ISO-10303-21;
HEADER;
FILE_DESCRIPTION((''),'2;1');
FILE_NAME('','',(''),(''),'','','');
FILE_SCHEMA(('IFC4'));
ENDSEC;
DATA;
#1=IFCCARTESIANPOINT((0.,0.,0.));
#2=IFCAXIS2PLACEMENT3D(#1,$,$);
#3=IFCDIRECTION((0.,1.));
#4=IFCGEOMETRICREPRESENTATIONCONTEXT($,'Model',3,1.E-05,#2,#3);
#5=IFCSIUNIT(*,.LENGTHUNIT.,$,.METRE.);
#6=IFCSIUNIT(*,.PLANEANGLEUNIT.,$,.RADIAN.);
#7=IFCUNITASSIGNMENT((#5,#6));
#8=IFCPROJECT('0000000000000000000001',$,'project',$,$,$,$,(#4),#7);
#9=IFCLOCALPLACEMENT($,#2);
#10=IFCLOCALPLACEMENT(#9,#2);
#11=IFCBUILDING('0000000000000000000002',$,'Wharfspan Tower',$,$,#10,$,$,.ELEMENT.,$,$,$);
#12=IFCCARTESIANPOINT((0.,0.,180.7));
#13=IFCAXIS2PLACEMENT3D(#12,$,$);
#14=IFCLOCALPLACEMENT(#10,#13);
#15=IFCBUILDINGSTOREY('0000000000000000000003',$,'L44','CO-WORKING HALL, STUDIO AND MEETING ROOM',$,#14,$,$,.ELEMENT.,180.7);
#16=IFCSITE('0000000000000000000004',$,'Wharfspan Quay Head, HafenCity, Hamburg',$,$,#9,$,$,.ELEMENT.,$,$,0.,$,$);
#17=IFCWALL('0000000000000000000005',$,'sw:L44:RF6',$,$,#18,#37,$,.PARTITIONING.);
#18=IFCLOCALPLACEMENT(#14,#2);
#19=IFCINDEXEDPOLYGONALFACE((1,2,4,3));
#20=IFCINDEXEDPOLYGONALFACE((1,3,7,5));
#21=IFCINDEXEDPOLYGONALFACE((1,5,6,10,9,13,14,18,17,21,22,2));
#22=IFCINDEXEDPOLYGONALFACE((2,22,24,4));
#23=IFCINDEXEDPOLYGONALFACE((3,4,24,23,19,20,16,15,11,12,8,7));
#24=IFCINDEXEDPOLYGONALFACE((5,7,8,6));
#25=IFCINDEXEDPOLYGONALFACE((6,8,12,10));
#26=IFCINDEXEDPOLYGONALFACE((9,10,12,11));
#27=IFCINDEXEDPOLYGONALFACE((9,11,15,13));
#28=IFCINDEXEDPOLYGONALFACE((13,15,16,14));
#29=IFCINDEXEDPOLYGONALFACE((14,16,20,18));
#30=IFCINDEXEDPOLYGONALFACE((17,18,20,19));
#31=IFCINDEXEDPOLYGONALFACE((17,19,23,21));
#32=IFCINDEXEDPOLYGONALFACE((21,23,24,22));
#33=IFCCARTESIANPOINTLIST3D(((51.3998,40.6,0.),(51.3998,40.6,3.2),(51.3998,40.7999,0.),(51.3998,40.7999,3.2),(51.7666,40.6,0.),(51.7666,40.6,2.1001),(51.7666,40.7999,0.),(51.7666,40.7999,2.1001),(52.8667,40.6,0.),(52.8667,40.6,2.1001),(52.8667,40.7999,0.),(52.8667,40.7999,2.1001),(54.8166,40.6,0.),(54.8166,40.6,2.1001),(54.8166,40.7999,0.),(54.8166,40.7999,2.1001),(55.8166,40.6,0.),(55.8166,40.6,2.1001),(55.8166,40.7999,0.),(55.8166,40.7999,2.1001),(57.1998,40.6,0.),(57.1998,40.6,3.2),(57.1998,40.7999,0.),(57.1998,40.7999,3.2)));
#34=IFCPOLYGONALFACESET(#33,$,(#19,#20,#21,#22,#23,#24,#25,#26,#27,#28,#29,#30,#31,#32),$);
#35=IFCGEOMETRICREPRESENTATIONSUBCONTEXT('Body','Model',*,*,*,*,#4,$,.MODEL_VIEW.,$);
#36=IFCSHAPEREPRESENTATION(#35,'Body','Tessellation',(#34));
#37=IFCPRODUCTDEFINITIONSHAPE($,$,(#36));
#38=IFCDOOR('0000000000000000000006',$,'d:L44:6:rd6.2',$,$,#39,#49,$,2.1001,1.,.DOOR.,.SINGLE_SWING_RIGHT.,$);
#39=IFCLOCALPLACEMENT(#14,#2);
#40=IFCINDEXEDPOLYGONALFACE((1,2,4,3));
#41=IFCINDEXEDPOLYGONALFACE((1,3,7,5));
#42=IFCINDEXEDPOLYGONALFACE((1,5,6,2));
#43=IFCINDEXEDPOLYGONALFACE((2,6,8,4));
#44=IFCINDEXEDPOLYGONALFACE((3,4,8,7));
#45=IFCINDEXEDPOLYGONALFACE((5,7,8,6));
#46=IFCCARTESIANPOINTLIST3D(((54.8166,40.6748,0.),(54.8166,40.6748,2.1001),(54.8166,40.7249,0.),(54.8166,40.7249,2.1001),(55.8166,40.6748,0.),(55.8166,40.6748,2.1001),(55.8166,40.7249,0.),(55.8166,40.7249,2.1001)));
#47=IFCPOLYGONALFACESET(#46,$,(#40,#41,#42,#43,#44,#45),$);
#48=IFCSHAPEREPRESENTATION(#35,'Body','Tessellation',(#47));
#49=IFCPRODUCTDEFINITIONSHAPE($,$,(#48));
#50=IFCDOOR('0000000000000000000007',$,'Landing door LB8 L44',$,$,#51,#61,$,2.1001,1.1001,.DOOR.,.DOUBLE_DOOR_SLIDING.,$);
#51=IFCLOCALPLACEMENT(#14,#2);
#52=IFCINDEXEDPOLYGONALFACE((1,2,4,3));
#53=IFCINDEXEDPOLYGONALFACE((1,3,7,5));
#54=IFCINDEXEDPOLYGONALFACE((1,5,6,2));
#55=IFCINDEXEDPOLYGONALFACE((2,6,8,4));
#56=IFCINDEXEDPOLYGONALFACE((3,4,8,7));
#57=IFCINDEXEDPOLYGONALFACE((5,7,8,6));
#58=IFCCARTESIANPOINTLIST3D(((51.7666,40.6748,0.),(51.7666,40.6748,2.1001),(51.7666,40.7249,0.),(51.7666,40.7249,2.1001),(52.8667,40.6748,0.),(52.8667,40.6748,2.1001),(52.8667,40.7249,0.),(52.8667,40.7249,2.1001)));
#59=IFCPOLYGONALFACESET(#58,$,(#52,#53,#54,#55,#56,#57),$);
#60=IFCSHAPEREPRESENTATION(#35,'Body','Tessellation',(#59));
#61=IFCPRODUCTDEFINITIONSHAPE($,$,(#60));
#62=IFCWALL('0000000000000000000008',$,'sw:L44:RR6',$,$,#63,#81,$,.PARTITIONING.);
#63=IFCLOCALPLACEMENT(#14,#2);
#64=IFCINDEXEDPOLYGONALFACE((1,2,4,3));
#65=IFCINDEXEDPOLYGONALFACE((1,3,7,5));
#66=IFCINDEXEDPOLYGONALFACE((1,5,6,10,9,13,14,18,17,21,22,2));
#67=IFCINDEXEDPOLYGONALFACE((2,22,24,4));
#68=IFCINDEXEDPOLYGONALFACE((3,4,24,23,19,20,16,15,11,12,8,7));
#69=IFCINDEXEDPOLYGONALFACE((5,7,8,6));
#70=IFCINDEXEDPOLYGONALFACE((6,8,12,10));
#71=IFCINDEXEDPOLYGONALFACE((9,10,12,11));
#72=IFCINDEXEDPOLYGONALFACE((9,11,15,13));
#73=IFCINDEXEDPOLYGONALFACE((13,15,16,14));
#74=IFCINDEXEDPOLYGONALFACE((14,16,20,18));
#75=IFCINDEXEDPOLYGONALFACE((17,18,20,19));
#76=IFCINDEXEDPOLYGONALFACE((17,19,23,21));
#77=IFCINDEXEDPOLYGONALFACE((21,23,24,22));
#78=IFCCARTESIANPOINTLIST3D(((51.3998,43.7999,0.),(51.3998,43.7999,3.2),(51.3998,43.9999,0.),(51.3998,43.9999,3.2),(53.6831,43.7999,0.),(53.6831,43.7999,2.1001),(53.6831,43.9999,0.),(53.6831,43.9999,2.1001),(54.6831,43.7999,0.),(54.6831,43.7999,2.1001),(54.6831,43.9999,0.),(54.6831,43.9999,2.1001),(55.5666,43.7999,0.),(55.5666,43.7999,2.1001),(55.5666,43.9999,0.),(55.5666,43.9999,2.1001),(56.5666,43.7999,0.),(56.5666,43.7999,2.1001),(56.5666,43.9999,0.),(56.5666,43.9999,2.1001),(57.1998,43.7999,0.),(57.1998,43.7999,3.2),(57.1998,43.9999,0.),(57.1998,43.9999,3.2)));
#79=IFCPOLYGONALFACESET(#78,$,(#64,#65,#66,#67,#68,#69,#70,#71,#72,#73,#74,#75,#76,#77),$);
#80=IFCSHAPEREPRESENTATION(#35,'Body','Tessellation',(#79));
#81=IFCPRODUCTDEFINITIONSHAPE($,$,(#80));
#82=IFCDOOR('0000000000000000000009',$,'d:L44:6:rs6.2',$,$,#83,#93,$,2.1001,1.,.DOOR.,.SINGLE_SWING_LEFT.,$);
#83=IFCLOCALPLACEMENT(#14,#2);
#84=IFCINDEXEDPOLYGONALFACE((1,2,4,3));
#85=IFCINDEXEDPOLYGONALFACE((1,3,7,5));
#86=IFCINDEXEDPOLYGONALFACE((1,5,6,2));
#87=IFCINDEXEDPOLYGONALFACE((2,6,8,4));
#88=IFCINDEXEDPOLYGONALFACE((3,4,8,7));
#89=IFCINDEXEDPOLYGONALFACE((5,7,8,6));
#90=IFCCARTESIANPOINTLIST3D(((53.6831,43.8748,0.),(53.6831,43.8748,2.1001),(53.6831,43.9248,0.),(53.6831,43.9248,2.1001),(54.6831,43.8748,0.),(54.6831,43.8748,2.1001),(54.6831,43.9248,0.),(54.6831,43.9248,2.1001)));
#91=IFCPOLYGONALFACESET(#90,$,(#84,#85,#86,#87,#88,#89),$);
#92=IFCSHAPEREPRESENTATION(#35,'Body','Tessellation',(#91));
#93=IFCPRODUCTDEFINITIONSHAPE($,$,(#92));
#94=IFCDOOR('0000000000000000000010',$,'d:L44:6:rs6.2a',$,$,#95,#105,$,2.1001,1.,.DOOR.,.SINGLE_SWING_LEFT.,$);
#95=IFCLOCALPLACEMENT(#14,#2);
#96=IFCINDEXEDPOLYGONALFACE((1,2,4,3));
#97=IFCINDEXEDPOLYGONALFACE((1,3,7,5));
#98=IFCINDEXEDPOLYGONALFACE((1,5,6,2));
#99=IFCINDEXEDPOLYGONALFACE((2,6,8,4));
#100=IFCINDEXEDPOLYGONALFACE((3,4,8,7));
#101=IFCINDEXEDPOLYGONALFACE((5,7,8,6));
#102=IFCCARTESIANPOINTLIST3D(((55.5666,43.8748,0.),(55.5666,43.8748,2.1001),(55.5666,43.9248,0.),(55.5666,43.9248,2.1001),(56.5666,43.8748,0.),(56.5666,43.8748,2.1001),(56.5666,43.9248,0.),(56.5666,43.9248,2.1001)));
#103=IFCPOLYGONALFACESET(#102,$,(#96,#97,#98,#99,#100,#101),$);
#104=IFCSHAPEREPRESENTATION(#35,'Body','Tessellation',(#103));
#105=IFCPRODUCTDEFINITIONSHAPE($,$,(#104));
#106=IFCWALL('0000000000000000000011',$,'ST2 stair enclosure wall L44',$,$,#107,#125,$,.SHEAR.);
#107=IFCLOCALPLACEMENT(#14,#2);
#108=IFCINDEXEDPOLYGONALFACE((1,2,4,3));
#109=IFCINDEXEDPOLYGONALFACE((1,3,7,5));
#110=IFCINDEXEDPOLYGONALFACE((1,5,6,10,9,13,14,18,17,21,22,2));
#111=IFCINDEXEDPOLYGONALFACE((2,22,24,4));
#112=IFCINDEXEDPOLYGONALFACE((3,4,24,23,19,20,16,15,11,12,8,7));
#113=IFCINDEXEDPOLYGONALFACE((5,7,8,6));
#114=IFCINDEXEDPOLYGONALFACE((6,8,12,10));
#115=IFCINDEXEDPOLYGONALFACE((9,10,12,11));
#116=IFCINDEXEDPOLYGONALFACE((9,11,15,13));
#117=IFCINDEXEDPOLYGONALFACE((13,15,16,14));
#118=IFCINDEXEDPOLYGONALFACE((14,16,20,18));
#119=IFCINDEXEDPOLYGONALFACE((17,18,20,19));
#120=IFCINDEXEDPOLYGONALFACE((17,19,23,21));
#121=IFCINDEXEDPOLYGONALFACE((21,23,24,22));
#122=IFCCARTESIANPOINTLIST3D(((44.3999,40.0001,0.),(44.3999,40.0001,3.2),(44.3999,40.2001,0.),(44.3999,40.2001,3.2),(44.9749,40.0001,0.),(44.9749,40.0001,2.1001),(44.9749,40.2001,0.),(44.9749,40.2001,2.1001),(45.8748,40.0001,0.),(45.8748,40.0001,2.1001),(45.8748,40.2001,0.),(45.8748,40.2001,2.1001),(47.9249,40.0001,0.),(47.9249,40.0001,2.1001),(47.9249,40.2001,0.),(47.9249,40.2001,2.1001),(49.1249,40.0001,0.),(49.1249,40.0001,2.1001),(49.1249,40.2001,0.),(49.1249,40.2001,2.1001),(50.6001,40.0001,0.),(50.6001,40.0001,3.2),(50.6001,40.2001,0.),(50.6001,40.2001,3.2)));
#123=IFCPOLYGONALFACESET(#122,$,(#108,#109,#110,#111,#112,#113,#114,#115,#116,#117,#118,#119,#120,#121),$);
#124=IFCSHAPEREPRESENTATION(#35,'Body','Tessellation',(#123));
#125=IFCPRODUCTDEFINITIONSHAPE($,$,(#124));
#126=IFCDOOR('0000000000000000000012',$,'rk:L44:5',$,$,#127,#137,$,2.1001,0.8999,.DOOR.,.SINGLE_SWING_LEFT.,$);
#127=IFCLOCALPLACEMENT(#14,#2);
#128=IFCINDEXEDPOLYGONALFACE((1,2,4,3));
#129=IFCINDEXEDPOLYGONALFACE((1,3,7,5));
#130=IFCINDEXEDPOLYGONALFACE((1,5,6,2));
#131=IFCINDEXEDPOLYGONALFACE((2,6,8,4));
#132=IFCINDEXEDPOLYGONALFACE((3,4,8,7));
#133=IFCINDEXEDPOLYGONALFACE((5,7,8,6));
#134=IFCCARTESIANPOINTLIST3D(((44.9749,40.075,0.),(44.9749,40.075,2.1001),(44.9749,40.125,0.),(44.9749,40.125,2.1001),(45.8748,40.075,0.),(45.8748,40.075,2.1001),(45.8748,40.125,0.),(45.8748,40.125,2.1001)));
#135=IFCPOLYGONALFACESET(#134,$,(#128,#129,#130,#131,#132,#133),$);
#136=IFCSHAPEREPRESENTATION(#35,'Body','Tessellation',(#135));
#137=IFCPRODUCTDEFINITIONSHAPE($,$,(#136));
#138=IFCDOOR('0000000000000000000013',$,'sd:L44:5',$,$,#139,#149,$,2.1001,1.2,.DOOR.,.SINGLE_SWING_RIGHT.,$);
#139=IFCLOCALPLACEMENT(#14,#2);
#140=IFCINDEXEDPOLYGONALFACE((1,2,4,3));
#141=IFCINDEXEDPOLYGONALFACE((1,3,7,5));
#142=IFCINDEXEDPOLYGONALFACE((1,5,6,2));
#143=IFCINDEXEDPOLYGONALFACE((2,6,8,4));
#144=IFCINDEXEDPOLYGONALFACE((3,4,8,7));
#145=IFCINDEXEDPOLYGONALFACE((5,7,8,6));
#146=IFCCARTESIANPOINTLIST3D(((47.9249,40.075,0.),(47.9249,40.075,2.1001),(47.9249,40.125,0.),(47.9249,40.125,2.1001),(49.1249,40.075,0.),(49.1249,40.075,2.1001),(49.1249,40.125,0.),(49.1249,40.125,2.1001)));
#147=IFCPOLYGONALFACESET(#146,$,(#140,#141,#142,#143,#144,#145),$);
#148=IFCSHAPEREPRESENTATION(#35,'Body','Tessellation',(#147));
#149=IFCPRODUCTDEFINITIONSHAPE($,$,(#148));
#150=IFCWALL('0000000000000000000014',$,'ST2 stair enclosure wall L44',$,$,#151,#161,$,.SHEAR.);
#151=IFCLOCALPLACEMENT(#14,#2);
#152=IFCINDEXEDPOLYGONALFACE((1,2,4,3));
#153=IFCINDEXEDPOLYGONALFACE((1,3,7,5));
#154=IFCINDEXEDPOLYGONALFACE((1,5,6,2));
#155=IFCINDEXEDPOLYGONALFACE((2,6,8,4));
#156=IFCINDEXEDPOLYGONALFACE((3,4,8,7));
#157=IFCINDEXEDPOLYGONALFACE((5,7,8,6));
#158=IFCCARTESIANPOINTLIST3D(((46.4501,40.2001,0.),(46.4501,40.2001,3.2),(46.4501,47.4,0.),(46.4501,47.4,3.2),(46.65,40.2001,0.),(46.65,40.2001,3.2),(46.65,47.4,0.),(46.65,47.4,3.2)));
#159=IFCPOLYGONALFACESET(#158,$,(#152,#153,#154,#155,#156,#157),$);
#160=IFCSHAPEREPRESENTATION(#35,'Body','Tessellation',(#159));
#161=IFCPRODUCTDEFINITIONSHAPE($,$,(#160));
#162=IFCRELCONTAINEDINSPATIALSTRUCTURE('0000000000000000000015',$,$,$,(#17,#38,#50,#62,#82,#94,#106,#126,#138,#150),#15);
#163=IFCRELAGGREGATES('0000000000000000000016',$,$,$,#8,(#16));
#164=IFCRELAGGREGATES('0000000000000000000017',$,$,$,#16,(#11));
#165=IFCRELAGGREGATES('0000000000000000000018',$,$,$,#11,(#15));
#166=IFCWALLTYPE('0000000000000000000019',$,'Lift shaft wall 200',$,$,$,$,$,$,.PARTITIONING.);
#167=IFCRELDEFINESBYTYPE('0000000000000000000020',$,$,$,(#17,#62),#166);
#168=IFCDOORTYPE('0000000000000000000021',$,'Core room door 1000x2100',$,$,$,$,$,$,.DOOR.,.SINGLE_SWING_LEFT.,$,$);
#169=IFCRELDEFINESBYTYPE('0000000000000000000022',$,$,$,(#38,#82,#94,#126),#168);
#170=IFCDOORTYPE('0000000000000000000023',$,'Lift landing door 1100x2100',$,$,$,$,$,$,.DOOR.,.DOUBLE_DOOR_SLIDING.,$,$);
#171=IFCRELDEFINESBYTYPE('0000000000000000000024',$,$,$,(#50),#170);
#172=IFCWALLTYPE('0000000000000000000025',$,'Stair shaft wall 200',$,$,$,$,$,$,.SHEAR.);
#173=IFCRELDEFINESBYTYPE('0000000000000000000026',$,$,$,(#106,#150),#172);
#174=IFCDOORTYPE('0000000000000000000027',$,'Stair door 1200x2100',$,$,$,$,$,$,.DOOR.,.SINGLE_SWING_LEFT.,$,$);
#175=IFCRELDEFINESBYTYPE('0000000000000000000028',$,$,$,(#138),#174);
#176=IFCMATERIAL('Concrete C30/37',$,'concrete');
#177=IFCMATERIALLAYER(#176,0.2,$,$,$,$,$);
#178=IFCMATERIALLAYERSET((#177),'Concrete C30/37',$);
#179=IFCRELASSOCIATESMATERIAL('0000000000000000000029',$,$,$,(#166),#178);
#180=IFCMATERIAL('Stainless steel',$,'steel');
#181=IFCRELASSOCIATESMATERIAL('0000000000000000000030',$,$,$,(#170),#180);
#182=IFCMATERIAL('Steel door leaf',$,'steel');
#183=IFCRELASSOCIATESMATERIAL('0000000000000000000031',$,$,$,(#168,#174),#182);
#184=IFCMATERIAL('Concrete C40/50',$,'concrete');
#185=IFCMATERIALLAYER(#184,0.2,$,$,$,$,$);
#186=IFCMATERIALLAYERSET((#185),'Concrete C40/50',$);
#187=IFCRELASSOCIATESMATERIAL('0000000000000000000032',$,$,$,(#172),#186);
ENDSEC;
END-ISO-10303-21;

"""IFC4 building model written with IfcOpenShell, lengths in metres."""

from ifc_helpers import new_model, si_unit, direction, frame, frame_2d, origin, place, context, subcontext, project, spatial, rectangle, extrude, material, layer, layer_set, type_object, element, fill, save


model = new_model("IFC4")

# Units and contexts
model_context = context("Model", 3, precision=1e-05, world=origin(), true_north=direction((0.0, 1.0)))
body_context = subcontext(model_context, "Body", "Model", "MODEL_VIEW")
ifc_project = project(units=[si_unit("LENGTHUNIT", "METRE"), si_unit("PLANEANGLEUNIT", "RADIAN")], contexts=[model_context])

# Site, building, storey
site_placement = place(None, origin())
site = spatial("IfcSite", under=ifc_project, at=site_placement, Name="Wharfspan Quay Head, HafenCity, Hamburg", CompositionType="ELEMENT", RefElevation=0.0)
building_placement = place(site_placement, origin())
building = spatial("IfcBuilding", under=site, at=building_placement, Name="Wharfspan Tower", CompositionType="ELEMENT")
storey_placement = place(building_placement, frame((0.0, 0.0, 180.7)))
storey = spatial("IfcBuildingStorey", under=building, at=storey_placement, Name="L44", Description="CO-WORKING HALL, STUDIO AND MEETING ROOM", CompositionType="ELEMENT", Elevation=180.7)

# Walls, openings, doors
ifc_material_1 = material(Name="Concrete C30/37", Category="concrete")
ifc_layer_1 = layer(ifc_material_1, 0.2)
ifc_layer_set_1 = layer_set([ifc_layer_1], Name="Concrete C30/37")
wall_type_1 = type_object("IfcWallType", Name="Lift shaft wall 200", PredefinedType="PARTITIONING", material=ifc_layer_set_1)
ifc_material_2 = material(Name="Stainless steel", Category="steel")
door_type_1 = type_object("IfcDoorType", Name="Lift landing door 1100x2100", OperationType="DOUBLE_DOOR_SLIDING", PredefinedType="DOOR", material=ifc_material_2)
wall_1_placement = place(storey_placement, frame((51.3999, 40.7, 0.0), z_axis=(0.0, 0.0, 1.0), x_axis=(1.0, 0.0, 0.0)))
wall_1 = element("IfcWall", 1, at=wall_1_placement, inside=storey, type_object=wall_type_1, Name="sw:L44:RF6", PredefinedType="PARTITIONING", context=body_context, shape_type="SweptSolid", body=[
    extrude(rectangle(XDim=5.8, YDim=0.2, at=frame_2d((2.8999, 0.0))), origin(), (0.0, 0.0, 1.0), 3.2),
])
opening_1_placement = place(wall_1_placement, frame((0.3667, 0.0, 0.0)))
opening_1 = element("IfcOpeningElement", 2, at=opening_1_placement, cuts=wall_1, PredefinedType="OPENING", context=body_context, shape_type="SweptSolid", body=[
    extrude(rectangle(XDim=1.1001, YDim=2.1001, at=frame_2d((0.55, 1.05))), frame((0.0, 0.1099, 0.0), z_axis=(0.0, -1.0, 0.0), x_axis=(1.0, 0.0, 0.0)), (0.0, 0.0, 1.0), 0.22),
])
opening_2_placement = place(wall_1_placement, frame((3.4167, 0.0, 0.0)))
opening_2 = element("IfcOpeningElement", 3, at=opening_2_placement, cuts=wall_1, PredefinedType="OPENING", context=body_context, shape_type="SweptSolid", body=[
    extrude(rectangle(XDim=1.0, YDim=2.1001, at=frame_2d((0.5, 1.05))), frame((0.0, 0.1099, 0.0), z_axis=(0.0, -1.0, 0.0), x_axis=(1.0, 0.0, 0.0)), (0.0, 0.0, 1.0), 0.22),
])
ifc_material_3 = material(Name="Steel door leaf", Category="steel")
door_type_2 = type_object("IfcDoorType", Name="Core room door 1000x2100", OperationType="SINGLE_SWING_LEFT", PredefinedType="DOOR", material=ifc_material_3)
door_1_placement = place(opening_2_placement, origin())
door_1 = element("IfcDoor", 4, at=door_1_placement, inside=storey, type_object=door_type_2, Name="d:L44:6:rd6.2", OperationType="SINGLE_SWING_RIGHT", OverallHeight=2.1001, OverallWidth=1.0, PredefinedType="DOOR", context=body_context, shape_type="SweptSolid", body=[
    extrude(rectangle(XDim=1.0, YDim=2.1001, at=frame_2d((0.5, 1.05))), frame((0.0, 0.0249, 0.0), z_axis=(0.0, -1.0, 0.0), x_axis=(1.0, 0.0, 0.0)), (0.0, 0.0, 1.0), 0.05),
])
fill(opening_2, door_1)
door_2_placement = place(opening_1_placement, origin())
door_2 = element("IfcDoor", 5, at=door_2_placement, inside=storey, type_object=door_type_1, Name="Landing door LB8 L44", OperationType="DOUBLE_DOOR_SLIDING", OverallHeight=2.1001, OverallWidth=1.1001, PredefinedType="DOOR", context=body_context, shape_type="SweptSolid", body=[
    extrude(rectangle(XDim=1.1001, YDim=2.1001, at=frame_2d((0.55, 1.05))), frame((0.0, 0.0249, 0.0), z_axis=(0.0, -1.0, 0.0), x_axis=(1.0, 0.0, 0.0)), (0.0, 0.0, 1.0), 0.05),
])
fill(opening_1, door_2)
wall_2_placement = place(storey_placement, frame((51.3999, 43.8999, 0.0), z_axis=(0.0, 0.0, 1.0), x_axis=(1.0, 0.0, 0.0)))
wall_2 = element("IfcWall", 6, at=wall_2_placement, inside=storey, type_object=wall_type_1, Name="sw:L44:RR6", PredefinedType="PARTITIONING", context=body_context, shape_type="SweptSolid", body=[
    extrude(rectangle(XDim=5.8, YDim=0.2, at=frame_2d((2.8999, 0.0))), origin(), (0.0, 0.0, 1.0), 3.2),
])
opening_3_placement = place(wall_2_placement, frame((2.2832, 0.0, 0.0)))
opening_3 = element("IfcOpeningElement", 7, at=opening_3_placement, cuts=wall_2, PredefinedType="OPENING", context=body_context, shape_type="SweptSolid", body=[
    extrude(rectangle(XDim=1.0, YDim=2.1001, at=frame_2d((0.5, 1.05))), frame((0.0, 0.1099, 0.0), z_axis=(0.0, -1.0, 0.0), x_axis=(1.0, 0.0, 0.0)), (0.0, 0.0, 1.0), 0.22),
])
opening_4_placement = place(wall_2_placement, frame((4.1667, 0.0, 0.0)))
opening_4 = element("IfcOpeningElement", 8, at=opening_4_placement, cuts=wall_2, PredefinedType="OPENING", context=body_context, shape_type="SweptSolid", body=[
    extrude(rectangle(XDim=1.0, YDim=2.1001, at=frame_2d((0.5, 1.05))), frame((0.0, 0.1099, 0.0), z_axis=(0.0, -1.0, 0.0), x_axis=(1.0, 0.0, 0.0)), (0.0, 0.0, 1.0), 0.22),
])
door_3_placement = place(opening_3_placement, origin())
door_3 = element("IfcDoor", 9, at=door_3_placement, inside=storey, type_object=door_type_2, Name="d:L44:6:rs6.2", OperationType="SINGLE_SWING_LEFT", OverallHeight=2.1001, OverallWidth=1.0, PredefinedType="DOOR", context=body_context, shape_type="SweptSolid", body=[
    extrude(rectangle(XDim=1.0, YDim=2.1001, at=frame_2d((0.5, 1.05))), frame((0.0, 0.0249, 0.0), z_axis=(0.0, -1.0, 0.0), x_axis=(1.0, 0.0, 0.0)), (0.0, 0.0, 1.0), 0.05),
])
fill(opening_3, door_3)
door_4_placement = place(opening_4_placement, origin())
door_4 = element("IfcDoor", 10, at=door_4_placement, inside=storey, type_object=door_type_2, Name="d:L44:6:rs6.2a", OperationType="SINGLE_SWING_LEFT", OverallHeight=2.1001, OverallWidth=1.0, PredefinedType="DOOR", context=body_context, shape_type="SweptSolid", body=[
    extrude(rectangle(XDim=1.0, YDim=2.1001, at=frame_2d((0.5, 1.05))), frame((0.0, 0.0249, 0.0), z_axis=(0.0, -1.0, 0.0), x_axis=(1.0, 0.0, 0.0)), (0.0, 0.0, 1.0), 0.05),
])
fill(opening_4, door_4)
ifc_material_4 = material(Name="Concrete C40/50", Category="concrete")
ifc_layer_2 = layer(ifc_material_4, 0.2)
ifc_layer_set_2 = layer_set([ifc_layer_2], Name="Concrete C40/50")
wall_type_2 = type_object("IfcWallType", Name="Stair shaft wall 200", PredefinedType="SHEAR", material=ifc_layer_set_2)
wall_3_placement = place(storey_placement, frame((44.3999, 40.1001, 0.0), z_axis=(0.0, 0.0, 1.0), x_axis=(1.0, 0.0, 0.0)))
wall_3 = element("IfcWall", 11, at=wall_3_placement, inside=storey, type_object=wall_type_2, Name="ST2 stair enclosure wall L44", PredefinedType="SHEAR", context=body_context, shape_type="SweptSolid", body=[
    extrude(rectangle(XDim=6.2002, YDim=0.2, at=frame_2d((3.1001, 0.0))), origin(), (0.0, 0.0, 1.0), 3.2),
])
opening_5_placement = place(wall_3_placement, frame((3.5249, 0.0, 0.0)))
opening_5 = element("IfcOpeningElement", 12, at=opening_5_placement, cuts=wall_3, PredefinedType="OPENING", context=body_context, shape_type="SweptSolid", body=[
    extrude(rectangle(XDim=1.2, YDim=2.1001, at=frame_2d((0.6001, 1.05))), frame((0.0, 0.1099, 0.0), z_axis=(0.0, -1.0, 0.0), x_axis=(1.0, 0.0, 0.0)), (0.0, 0.0, 1.0), 0.22),
])
opening_6_placement = place(wall_3_placement, frame((0.575, 0.0, 0.0)))
opening_6 = element("IfcOpeningElement", 13, at=opening_6_placement, cuts=wall_3, PredefinedType="OPENING", context=body_context, shape_type="SweptSolid", body=[
    extrude(rectangle(XDim=0.8999, YDim=2.1001, at=frame_2d((0.45, 1.05))), frame((0.0, 0.1099, 0.0), z_axis=(0.0, -1.0, 0.0), x_axis=(1.0, 0.0, 0.0)), (0.0, 0.0, 1.0), 0.22),
])
door_5_placement = place(opening_6_placement, origin())
door_5 = element("IfcDoor", 14, at=door_5_placement, inside=storey, type_object=door_type_2, Name="rk:L44:5", OperationType="SINGLE_SWING_LEFT", OverallHeight=2.1001, OverallWidth=0.8999, PredefinedType="DOOR", context=body_context, shape_type="SweptSolid", body=[
    extrude(rectangle(XDim=0.8999, YDim=2.1001, at=frame_2d((0.45, 1.05))), frame((0.0, 0.0249, 0.0), z_axis=(0.0, -1.0, 0.0), x_axis=(1.0, 0.0, 0.0)), (0.0, 0.0, 1.0), 0.05),
])
fill(opening_6, door_5)
door_type_3 = type_object("IfcDoorType", Name="Stair door 1200x2100", OperationType="SINGLE_SWING_LEFT", PredefinedType="DOOR", material=ifc_material_3)
door_6_placement = place(opening_5_placement, origin())
door_6 = element("IfcDoor", 15, at=door_6_placement, inside=storey, type_object=door_type_3, Name="sd:L44:5", OperationType="SINGLE_SWING_RIGHT", OverallHeight=2.1001, OverallWidth=1.2, PredefinedType="DOOR", context=body_context, shape_type="SweptSolid", body=[
    extrude(rectangle(XDim=1.2, YDim=2.1001, at=frame_2d((0.6001, 1.05))), frame((0.0, 0.0249, 0.0), z_axis=(0.0, -1.0, 0.0), x_axis=(1.0, 0.0, 0.0)), (0.0, 0.0, 1.0), 0.05),
])
fill(opening_5, door_6)

# Wall
wall_4_placement = place(storey_placement, frame((46.55, 40.2, 0.0), z_axis=(0.0, 0.0, 1.0), x_axis=(0.0, 1.0, 0.0)))
element("IfcWall", 16, at=wall_4_placement, inside=storey, type_object=wall_type_2, Name="ST2 stair enclosure wall L44", PredefinedType="SHEAR", context=body_context, shape_type="SweptSolid", body=[
    extrude(rectangle(XDim=7.2, YDim=0.2, at=frame_2d((3.6001, 0.0))), origin(), (0.0, 0.0, 1.0), 3.2),
])

save(model, "model.ifc")
